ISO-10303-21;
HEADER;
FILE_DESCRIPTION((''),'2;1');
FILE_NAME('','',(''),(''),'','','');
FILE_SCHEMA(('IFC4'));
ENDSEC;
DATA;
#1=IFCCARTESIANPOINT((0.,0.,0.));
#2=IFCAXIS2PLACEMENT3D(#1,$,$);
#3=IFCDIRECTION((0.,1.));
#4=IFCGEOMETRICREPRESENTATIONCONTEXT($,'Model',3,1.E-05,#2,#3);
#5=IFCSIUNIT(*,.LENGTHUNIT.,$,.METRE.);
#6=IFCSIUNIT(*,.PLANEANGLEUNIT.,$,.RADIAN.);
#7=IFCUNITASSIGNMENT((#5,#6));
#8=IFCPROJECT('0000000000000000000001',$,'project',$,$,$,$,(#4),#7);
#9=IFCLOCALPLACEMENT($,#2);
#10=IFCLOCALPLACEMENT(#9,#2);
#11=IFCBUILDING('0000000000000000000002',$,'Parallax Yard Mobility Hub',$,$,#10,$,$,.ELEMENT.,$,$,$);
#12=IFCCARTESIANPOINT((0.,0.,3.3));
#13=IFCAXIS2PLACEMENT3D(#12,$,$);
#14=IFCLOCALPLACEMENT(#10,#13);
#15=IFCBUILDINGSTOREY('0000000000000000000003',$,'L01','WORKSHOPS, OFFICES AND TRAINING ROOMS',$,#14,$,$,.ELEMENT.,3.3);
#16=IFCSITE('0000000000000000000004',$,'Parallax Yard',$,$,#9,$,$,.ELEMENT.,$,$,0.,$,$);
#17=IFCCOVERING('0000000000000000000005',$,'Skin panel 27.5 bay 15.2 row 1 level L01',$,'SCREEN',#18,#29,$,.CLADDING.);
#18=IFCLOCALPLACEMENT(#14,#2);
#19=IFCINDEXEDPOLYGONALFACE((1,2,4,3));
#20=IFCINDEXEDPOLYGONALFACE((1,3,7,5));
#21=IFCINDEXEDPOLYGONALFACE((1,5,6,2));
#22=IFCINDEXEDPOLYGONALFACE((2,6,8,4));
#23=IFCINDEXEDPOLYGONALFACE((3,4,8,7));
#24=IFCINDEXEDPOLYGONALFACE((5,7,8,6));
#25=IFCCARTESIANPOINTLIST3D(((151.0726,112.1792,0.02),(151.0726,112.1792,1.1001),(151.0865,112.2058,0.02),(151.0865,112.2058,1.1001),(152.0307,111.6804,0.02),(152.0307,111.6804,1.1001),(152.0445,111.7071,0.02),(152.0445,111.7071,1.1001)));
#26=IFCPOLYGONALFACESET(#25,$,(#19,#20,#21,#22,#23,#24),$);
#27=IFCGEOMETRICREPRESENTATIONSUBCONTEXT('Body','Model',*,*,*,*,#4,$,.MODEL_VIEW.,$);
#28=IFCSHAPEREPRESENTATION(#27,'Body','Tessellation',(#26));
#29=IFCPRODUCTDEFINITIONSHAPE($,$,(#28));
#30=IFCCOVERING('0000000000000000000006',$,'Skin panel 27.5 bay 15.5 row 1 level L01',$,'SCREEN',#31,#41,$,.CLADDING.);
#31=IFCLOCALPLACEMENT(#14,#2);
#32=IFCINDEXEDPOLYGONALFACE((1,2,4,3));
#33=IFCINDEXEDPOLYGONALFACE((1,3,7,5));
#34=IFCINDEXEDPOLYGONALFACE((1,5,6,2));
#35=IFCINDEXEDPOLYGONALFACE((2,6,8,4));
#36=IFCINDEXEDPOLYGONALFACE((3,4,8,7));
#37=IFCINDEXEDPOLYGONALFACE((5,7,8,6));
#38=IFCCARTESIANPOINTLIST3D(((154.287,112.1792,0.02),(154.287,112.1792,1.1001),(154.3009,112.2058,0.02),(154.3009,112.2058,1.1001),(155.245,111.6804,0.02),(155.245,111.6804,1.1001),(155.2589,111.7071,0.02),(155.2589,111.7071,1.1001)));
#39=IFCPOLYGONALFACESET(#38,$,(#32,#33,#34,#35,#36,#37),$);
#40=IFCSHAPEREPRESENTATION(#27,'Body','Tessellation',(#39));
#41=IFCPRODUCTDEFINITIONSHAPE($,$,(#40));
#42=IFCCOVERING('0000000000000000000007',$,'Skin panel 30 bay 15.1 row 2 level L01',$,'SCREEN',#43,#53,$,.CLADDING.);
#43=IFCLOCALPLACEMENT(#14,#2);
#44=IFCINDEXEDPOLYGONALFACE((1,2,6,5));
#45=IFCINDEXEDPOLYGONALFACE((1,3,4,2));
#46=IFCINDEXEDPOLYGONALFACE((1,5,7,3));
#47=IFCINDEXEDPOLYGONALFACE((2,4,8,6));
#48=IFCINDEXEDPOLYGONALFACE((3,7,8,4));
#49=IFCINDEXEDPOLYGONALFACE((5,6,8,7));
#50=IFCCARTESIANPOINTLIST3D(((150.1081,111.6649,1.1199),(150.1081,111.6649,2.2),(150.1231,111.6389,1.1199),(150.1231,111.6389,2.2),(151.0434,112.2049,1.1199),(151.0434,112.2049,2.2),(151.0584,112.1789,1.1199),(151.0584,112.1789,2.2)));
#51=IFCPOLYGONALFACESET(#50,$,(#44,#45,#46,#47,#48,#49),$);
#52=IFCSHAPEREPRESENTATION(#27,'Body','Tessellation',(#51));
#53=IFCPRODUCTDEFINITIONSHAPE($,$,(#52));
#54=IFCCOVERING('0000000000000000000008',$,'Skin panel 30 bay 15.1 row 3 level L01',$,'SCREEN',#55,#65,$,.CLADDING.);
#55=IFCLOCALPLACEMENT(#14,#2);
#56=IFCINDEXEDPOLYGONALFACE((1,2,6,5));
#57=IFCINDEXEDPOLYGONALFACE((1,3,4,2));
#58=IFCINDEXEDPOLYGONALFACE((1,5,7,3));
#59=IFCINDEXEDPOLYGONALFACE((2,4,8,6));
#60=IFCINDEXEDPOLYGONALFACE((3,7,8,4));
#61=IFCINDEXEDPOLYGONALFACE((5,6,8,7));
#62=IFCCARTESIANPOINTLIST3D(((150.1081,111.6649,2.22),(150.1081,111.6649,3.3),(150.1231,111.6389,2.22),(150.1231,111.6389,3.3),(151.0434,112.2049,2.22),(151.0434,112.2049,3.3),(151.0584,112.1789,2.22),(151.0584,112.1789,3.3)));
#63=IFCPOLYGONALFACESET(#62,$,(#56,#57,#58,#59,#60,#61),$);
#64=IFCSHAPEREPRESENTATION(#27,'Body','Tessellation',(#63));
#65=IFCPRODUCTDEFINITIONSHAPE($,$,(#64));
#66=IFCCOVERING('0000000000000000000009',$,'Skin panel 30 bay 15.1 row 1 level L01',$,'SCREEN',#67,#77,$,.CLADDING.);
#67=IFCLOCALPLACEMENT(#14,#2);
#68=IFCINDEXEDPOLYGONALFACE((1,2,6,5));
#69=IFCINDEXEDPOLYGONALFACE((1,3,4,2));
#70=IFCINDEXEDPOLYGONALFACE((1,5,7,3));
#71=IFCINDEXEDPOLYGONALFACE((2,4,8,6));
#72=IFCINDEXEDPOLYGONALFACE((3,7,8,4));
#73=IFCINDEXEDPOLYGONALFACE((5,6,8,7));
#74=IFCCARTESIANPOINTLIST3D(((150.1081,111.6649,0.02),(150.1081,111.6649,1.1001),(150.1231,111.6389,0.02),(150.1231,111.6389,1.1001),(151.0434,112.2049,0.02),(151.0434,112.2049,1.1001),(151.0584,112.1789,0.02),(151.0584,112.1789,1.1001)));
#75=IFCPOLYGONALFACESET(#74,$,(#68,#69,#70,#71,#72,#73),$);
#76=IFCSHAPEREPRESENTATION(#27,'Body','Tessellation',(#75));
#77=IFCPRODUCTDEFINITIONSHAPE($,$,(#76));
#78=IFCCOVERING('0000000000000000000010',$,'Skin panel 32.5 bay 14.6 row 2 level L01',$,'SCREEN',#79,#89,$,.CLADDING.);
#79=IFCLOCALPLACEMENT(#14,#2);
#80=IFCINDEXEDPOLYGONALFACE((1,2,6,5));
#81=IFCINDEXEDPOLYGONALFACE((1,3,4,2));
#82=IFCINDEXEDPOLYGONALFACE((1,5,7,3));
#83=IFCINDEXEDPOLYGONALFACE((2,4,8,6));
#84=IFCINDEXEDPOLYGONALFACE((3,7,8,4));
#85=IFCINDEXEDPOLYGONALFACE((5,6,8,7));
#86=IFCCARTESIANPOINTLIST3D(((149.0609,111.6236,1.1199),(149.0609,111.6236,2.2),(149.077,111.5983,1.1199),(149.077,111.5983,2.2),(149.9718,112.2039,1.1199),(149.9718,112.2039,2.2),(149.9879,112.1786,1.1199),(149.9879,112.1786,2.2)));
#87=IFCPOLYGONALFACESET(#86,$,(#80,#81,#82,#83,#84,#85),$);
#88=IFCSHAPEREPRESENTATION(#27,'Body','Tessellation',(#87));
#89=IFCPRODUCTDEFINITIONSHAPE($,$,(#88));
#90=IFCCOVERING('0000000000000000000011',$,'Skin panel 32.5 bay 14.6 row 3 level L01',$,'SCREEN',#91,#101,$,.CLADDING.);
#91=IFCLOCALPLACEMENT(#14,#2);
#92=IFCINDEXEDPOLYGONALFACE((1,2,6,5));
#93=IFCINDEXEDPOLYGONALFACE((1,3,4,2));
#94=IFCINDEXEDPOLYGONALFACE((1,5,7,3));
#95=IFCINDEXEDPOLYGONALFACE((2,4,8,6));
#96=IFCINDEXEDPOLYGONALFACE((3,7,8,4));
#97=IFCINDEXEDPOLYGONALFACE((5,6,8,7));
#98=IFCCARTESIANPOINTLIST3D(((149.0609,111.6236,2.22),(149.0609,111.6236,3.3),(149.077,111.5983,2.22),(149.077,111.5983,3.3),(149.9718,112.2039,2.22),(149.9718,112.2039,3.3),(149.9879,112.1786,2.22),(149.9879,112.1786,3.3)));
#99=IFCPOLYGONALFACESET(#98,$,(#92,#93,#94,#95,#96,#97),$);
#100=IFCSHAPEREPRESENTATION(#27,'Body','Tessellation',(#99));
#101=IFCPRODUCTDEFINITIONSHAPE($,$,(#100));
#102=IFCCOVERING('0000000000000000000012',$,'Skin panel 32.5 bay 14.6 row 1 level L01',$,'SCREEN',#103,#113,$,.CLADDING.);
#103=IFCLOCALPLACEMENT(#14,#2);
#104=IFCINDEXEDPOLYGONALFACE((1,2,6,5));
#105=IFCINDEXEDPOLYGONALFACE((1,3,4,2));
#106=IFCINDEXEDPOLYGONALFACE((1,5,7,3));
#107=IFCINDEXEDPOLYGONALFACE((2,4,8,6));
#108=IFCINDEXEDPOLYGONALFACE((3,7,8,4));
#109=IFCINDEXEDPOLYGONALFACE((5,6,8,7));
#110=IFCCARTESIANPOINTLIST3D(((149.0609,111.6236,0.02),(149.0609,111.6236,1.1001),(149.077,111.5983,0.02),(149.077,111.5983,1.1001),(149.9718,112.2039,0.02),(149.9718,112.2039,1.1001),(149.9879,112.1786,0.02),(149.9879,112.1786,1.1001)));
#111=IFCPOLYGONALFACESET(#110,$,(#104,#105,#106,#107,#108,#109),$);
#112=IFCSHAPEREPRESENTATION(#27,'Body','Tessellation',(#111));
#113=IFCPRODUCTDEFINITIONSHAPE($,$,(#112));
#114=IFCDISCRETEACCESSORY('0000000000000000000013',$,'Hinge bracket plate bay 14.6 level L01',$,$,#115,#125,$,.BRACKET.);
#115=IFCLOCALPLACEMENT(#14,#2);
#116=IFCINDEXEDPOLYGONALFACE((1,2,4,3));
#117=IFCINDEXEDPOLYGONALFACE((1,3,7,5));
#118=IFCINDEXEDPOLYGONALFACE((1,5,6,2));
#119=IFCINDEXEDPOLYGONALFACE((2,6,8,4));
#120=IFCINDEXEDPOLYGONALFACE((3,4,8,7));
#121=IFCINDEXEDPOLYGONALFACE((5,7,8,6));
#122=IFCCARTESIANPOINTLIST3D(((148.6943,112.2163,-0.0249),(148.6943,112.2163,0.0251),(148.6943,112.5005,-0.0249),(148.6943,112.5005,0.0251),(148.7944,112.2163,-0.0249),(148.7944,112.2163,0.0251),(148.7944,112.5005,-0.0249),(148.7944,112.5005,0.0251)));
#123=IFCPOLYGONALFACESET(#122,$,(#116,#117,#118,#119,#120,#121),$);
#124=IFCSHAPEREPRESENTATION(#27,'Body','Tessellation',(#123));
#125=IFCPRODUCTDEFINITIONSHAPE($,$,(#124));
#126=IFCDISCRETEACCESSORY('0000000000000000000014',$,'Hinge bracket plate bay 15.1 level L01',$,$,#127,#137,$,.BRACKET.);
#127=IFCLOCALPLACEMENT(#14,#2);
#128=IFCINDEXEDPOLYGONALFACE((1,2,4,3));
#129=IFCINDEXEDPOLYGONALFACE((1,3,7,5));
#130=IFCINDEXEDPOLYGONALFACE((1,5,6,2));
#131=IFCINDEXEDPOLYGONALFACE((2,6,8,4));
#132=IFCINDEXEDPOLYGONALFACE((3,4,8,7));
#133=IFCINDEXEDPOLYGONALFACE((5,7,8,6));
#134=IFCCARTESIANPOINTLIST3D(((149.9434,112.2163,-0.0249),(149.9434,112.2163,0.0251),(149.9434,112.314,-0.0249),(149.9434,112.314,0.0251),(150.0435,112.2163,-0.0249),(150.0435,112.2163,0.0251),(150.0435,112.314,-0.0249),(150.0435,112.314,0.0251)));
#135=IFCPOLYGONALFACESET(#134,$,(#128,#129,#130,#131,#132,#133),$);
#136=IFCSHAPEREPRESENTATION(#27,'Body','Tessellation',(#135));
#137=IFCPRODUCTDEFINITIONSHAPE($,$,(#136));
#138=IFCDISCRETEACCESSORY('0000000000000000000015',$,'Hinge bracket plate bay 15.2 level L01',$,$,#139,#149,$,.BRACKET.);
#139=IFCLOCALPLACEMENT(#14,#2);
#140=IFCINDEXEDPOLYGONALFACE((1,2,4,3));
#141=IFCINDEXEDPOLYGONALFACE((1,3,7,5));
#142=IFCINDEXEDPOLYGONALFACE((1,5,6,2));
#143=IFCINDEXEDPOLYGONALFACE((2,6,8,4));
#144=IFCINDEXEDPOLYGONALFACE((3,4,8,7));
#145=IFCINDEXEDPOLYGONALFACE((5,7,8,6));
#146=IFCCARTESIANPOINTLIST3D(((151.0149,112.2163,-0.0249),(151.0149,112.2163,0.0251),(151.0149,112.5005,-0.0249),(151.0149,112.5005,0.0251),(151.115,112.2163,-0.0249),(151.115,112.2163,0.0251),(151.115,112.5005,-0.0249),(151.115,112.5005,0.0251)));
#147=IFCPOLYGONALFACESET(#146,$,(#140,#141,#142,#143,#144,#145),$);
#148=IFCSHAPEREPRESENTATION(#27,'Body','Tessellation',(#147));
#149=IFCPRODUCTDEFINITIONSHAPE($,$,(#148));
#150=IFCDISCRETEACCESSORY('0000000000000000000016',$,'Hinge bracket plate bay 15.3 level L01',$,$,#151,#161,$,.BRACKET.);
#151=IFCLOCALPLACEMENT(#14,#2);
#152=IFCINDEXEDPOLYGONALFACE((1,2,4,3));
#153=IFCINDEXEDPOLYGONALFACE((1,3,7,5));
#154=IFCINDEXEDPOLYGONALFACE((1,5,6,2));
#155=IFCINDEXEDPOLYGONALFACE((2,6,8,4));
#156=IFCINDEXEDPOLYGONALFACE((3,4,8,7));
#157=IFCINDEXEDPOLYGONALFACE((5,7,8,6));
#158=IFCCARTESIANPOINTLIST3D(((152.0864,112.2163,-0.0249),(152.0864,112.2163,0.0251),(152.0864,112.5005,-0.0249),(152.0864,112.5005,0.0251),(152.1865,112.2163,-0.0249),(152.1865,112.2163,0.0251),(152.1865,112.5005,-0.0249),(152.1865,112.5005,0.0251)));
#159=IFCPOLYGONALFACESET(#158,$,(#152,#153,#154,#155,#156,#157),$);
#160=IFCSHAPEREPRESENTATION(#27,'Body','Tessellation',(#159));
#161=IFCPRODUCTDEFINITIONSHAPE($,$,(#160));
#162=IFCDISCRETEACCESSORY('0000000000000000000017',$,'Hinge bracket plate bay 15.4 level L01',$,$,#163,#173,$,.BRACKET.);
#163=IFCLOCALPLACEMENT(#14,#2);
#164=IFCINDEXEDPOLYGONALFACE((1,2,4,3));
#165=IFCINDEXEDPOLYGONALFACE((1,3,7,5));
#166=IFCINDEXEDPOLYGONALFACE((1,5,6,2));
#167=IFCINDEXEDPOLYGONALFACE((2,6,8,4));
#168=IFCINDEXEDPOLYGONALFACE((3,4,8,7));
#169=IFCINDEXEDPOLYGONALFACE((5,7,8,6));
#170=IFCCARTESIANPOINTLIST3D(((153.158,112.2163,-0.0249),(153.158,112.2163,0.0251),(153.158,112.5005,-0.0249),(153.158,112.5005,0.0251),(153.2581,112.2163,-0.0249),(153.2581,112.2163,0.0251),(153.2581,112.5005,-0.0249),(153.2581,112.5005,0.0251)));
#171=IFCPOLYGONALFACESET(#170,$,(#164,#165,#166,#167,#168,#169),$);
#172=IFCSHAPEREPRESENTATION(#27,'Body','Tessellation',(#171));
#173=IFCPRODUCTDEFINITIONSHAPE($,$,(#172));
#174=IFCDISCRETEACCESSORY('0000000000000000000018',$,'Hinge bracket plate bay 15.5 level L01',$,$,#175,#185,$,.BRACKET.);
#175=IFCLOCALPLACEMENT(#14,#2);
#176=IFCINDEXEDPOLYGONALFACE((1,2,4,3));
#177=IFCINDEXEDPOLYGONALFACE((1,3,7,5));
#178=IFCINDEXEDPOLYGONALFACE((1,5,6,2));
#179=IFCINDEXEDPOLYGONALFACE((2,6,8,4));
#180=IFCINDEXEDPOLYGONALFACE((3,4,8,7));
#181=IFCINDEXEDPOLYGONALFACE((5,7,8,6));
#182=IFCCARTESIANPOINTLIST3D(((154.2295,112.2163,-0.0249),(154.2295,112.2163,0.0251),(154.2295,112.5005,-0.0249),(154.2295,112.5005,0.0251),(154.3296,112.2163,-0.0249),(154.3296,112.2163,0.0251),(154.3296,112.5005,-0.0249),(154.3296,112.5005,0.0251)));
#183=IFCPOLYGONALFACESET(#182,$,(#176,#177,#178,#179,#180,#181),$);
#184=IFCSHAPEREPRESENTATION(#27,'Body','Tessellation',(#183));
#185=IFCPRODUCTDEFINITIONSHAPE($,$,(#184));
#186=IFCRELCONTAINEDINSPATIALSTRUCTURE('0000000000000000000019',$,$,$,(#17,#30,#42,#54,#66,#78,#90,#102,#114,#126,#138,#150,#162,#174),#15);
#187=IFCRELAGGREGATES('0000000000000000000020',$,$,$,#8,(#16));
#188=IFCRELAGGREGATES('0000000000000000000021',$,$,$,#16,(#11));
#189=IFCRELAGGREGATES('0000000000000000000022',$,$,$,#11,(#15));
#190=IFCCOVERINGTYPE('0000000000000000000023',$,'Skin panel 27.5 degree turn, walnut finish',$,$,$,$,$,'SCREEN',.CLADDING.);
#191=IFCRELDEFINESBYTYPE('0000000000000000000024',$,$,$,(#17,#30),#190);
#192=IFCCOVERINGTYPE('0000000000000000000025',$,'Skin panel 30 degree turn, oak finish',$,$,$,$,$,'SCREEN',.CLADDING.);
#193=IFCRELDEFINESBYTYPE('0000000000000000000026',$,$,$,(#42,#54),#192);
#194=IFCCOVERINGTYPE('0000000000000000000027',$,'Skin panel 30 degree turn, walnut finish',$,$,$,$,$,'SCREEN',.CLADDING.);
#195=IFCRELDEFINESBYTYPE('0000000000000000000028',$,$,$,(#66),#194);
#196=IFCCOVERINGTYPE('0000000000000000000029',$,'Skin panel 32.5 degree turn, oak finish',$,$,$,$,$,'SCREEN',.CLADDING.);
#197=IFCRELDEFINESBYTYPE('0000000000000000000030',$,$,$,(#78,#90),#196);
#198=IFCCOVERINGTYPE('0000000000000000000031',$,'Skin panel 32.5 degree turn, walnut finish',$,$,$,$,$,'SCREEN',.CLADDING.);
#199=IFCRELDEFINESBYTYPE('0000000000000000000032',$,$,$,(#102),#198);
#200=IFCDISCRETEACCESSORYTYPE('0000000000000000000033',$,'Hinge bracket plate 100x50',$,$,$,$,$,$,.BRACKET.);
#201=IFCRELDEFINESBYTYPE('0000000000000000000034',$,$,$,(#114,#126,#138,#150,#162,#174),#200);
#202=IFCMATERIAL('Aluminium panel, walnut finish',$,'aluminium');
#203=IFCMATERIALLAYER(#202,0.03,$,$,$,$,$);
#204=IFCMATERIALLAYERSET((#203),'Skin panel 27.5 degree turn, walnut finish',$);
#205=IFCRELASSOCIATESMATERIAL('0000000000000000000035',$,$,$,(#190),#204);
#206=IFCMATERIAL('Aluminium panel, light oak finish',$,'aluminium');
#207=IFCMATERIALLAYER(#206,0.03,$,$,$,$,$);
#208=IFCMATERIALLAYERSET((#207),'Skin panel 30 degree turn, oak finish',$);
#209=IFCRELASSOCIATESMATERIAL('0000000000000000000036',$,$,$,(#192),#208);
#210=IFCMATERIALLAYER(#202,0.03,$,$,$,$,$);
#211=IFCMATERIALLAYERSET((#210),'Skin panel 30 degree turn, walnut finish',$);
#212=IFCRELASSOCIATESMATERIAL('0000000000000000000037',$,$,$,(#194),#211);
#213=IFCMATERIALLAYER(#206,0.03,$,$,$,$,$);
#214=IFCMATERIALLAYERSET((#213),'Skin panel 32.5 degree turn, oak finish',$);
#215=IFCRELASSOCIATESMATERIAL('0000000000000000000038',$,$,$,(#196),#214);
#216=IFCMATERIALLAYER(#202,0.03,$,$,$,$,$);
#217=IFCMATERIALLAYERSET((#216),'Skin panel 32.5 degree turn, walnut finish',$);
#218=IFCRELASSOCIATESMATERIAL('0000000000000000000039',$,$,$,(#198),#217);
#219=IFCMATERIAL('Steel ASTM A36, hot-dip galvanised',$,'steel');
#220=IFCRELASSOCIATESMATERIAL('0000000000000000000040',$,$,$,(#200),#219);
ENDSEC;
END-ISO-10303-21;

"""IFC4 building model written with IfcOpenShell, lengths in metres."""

from ifc_helpers import new_model, si_unit, direction, frame, origin, origin_2d, place, context, subcontext, project, spatial, rectangle, extrude, material, layer, layer_set, type_object, element, save


model = new_model("IFC4")

# Units and contexts
model_context = context("Model", 3, precision=1e-05, world=origin(), true_north=direction((0.0, 1.0)))
body_context = subcontext(model_context, "Body", "Model", "MODEL_VIEW")
ifc_project = project(units=[si_unit("LENGTHUNIT", "METRE"), si_unit("PLANEANGLEUNIT", "RADIAN")], contexts=[model_context])

# Site, building, storey
site_placement = place(None, origin())
site = spatial("IfcSite", under=ifc_project, at=site_placement, Name="Parallax Yard", CompositionType="ELEMENT", RefElevation=0.0)
building_placement = place(site_placement, origin())
building = spatial("IfcBuilding", under=site, at=building_placement, Name="Parallax Yard Mobility Hub", CompositionType="ELEMENT")
storey_placement = place(building_placement, frame((0.0, 0.0, 3.3)))
storey = spatial("IfcBuildingStorey", under=building, at=storey_placement, Name="L01", Description="WORKSHOPS, OFFICES AND TRAINING ROOMS", CompositionType="ELEMENT", Elevation=3.3)

# Coverings
ifc_material_1 = material(Name="Aluminium panel, light oak finish", Category="aluminium")
ifc_material_2 = material(Name="Aluminium panel, walnut finish", Category="aluminium")
ifc_layer_1 = layer(ifc_material_2, 0.03)
ifc_layer_set_1 = layer_set([ifc_layer_1], Name="Skin panel 27.5 degree turn, walnut finish")
covering_type_1 = type_object("IfcCoveringType", Name="Skin panel 27.5 degree turn, walnut finish", ElementType="SCREEN", PredefinedType="CLADDING", material=ifc_layer_set_1)
for number, where, z_axis, x_axis, name in (
    (1, (151.5586, 111.9431, 0.02), (0.0, 0.0, 1.0), (0.887011, -0.461749, 0.0), "Skin panel 27.5 bay 15.2 row 1 level L01"),
    (2, (154.7729, 111.9431, 0.02), (0.0, 0.0, 1.0), (0.887011, -0.461749, 0.0), "Skin panel 27.5 bay 15.5 row 1 level L01"),
):
    element("IfcCovering", number, at=place(storey_placement, frame(where, z_axis=z_axis, x_axis=x_axis)), inside=storey, type_object=covering_type_1, Name=name, ObjectType="SCREEN", PredefinedType="CLADDING", context=body_context, shape_type="SweptSolid", body=[
        extrude(rectangle(XDim=1.0801, YDim=0.03, at=origin_2d()), origin(), (0.0, 0.0, 1.0), 1.0801),
    ])
ifc_layer_2 = layer(ifc_material_1, 0.03)
ifc_layer_set_2 = layer_set([ifc_layer_2], Name="Skin panel 30 degree turn, oak finish")
covering_type_2 = type_object("IfcCoveringType", Name="Skin panel 30 degree turn, oak finish", ElementType="SCREEN", PredefinedType="CLADDING", material=ifc_layer_set_2)
for number, where, z_axis, x_axis, name in (
    (3, (150.5833, 111.9219, 1.1199), (0.0, 0.0, 1.0), (-0.866025, -0.5, 0.0), "Skin panel 30 bay 15.1 row 2 level L01"),
    (4, (150.5833, 111.9219, 2.22), (0.0, 0.0, 1.0), (-0.866025, -0.5, 0.0), "Skin panel 30 bay 15.1 row 3 level L01"),
):
    element("IfcCovering", number, at=place(storey_placement, frame(where, z_axis=z_axis, x_axis=x_axis)), inside=storey, type_object=covering_type_2, Name=name, ObjectType="SCREEN", PredefinedType="CLADDING", context=body_context, shape_type="SweptSolid", body=[
        extrude(rectangle(XDim=1.0801, YDim=0.03, at=origin_2d()), origin(), (0.0, 0.0, 1.0), 1.0801),
    ])
ifc_layer_3 = layer(ifc_material_2, 0.03)
ifc_layer_set_3 = layer_set([ifc_layer_3], Name="Skin panel 30 degree turn, walnut finish")
covering_type_3 = type_object("IfcCoveringType", Name="Skin panel 30 degree turn, walnut finish", ElementType="SCREEN", PredefinedType="CLADDING", material=ifc_layer_set_3)
covering_1_placement = place(storey_placement, frame((150.5833, 111.9219, 0.02), z_axis=(0.0, 0.0, 1.0), x_axis=(-0.866025, -0.5, 0.0)))
element("IfcCovering", 5, at=covering_1_placement, inside=storey, type_object=covering_type_3, Name="Skin panel 30 bay 15.1 row 1 level L01", ObjectType="SCREEN", PredefinedType="CLADDING", context=body_context, shape_type="SweptSolid", body=[
    extrude(rectangle(XDim=1.0801, YDim=0.03, at=origin_2d()), origin(), (0.0, 0.0, 1.0), 1.0801),
])
ifc_layer_4 = layer(ifc_material_1, 0.03)
ifc_layer_set_4 = layer_set([ifc_layer_4], Name="Skin panel 32.5 degree turn, oak finish")
covering_type_4 = type_object("IfcCoveringType", Name="Skin panel 32.5 degree turn, oak finish", ElementType="SCREEN", PredefinedType="CLADDING", material=ifc_layer_set_4)
for number, where, z_axis, x_axis, name in (
    (6, (149.5244, 111.9011, 1.1199), (0.0, 0.0, 1.0), (-0.843391, -0.5373, 0.0), "Skin panel 32.5 bay 14.6 row 2 level L01"),
    (7, (149.5244, 111.9011, 2.22), (0.0, 0.0, 1.0), (-0.843391, -0.5373, 0.0), "Skin panel 32.5 bay 14.6 row 3 level L01"),
):
    element("IfcCovering", number, at=place(storey_placement, frame(where, z_axis=z_axis, x_axis=x_axis)), inside=storey, type_object=covering_type_4, Name=name, ObjectType="SCREEN", PredefinedType="CLADDING", context=body_context, shape_type="SweptSolid", body=[
        extrude(rectangle(XDim=1.0801, YDim=0.03, at=origin_2d()), origin(), (0.0, 0.0, 1.0), 1.0801),
    ])
ifc_layer_5 = layer(ifc_material_2, 0.03)
ifc_layer_set_5 = layer_set([ifc_layer_5], Name="Skin panel 32.5 degree turn, walnut finish")
covering_type_5 = type_object("IfcCoveringType", Name="Skin panel 32.5 degree turn, walnut finish", ElementType="SCREEN", PredefinedType="CLADDING", material=ifc_layer_set_5)
covering_2_placement = place(storey_placement, frame((149.5244, 111.9011, 0.02), z_axis=(0.0, 0.0, 1.0), x_axis=(-0.843391, -0.5373, 0.0)))
element("IfcCovering", 8, at=covering_2_placement, inside=storey, type_object=covering_type_5, Name="Skin panel 32.5 bay 14.6 row 1 level L01", ObjectType="SCREEN", PredefinedType="CLADDING", context=body_context, shape_type="SweptSolid", body=[
    extrude(rectangle(XDim=1.0801, YDim=0.03, at=origin_2d()), origin(), (0.0, 0.0, 1.0), 1.0801),
])

# Discrete accessories
ifc_material_3 = material(Name="Steel ASTM A36, hot-dip galvanised", Category="steel")
discrete_accessory_type_1 = type_object("IfcDiscreteAccessoryType", Name="Hinge bracket plate 100x50", PredefinedType="BRACKET", material=ifc_material_3)
discrete_accessory_1_placement = place(storey_placement, frame((148.7444, 112.3584, -0.0249), z_axis=(0.0, 0.0, 1.0), x_axis=(0.0, -1.0, 0.0)))
element("IfcDiscreteAccessory", 9, at=discrete_accessory_1_placement, inside=storey, type_object=discrete_accessory_type_1, Name="Hinge bracket plate bay 14.6 level L01", PredefinedType="BRACKET", context=body_context, shape_type="SweptSolid", body=[
    extrude(rectangle(XDim=0.2842, YDim=0.1001, at=origin_2d()), origin(), (0.0, 0.0, 1.0), 0.05),
])
discrete_accessory_2_placement = place(storey_placement, frame((149.9934, 112.2651, -0.0249), z_axis=(0.0, 0.0, 1.0), x_axis=(0.0, -1.0, 0.0)))
element("IfcDiscreteAccessory", 10, at=discrete_accessory_2_placement, inside=storey, type_object=discrete_accessory_type_1, Name="Hinge bracket plate bay 15.1 level L01", PredefinedType="BRACKET", context=body_context, shape_type="SweptSolid", body=[
    extrude(rectangle(XDim=0.0977, YDim=0.1001, at=origin_2d()), origin(), (0.0, 0.0, 1.0), 0.05),
])
for number, where, z_axis, x_axis, name in (
    (11, (151.0649, 112.3584, -0.0249), (0.0, 0.0, 1.0), (0.0, -1.0, 0.0), "Hinge bracket plate bay 15.2 level L01"),
    (12, (152.1365, 112.3584, -0.0249), (0.0, 0.0, 1.0), (0.0, -1.0, 0.0), "Hinge bracket plate bay 15.3 level L01"),
    (13, (153.208, 112.3584, -0.0249), (0.0, 0.0, 1.0), (0.0, -1.0, 0.0), "Hinge bracket plate bay 15.4 level L01"),
    (14, (154.2795, 112.3584, -0.0249), (0.0, 0.0, 1.0), (0.0, -1.0, 0.0), "Hinge bracket plate bay 15.5 level L01"),
):
    element("IfcDiscreteAccessory", number, at=place(storey_placement, frame(where, z_axis=z_axis, x_axis=x_axis)), inside=storey, type_object=discrete_accessory_type_1, Name=name, PredefinedType="BRACKET", context=body_context, shape_type="SweptSolid", body=[
        extrude(rectangle(XDim=0.2842, YDim=0.1001, at=origin_2d()), origin(), (0.0, 0.0, 1.0), 0.05),
    ])

save(model, "model.ifc")
